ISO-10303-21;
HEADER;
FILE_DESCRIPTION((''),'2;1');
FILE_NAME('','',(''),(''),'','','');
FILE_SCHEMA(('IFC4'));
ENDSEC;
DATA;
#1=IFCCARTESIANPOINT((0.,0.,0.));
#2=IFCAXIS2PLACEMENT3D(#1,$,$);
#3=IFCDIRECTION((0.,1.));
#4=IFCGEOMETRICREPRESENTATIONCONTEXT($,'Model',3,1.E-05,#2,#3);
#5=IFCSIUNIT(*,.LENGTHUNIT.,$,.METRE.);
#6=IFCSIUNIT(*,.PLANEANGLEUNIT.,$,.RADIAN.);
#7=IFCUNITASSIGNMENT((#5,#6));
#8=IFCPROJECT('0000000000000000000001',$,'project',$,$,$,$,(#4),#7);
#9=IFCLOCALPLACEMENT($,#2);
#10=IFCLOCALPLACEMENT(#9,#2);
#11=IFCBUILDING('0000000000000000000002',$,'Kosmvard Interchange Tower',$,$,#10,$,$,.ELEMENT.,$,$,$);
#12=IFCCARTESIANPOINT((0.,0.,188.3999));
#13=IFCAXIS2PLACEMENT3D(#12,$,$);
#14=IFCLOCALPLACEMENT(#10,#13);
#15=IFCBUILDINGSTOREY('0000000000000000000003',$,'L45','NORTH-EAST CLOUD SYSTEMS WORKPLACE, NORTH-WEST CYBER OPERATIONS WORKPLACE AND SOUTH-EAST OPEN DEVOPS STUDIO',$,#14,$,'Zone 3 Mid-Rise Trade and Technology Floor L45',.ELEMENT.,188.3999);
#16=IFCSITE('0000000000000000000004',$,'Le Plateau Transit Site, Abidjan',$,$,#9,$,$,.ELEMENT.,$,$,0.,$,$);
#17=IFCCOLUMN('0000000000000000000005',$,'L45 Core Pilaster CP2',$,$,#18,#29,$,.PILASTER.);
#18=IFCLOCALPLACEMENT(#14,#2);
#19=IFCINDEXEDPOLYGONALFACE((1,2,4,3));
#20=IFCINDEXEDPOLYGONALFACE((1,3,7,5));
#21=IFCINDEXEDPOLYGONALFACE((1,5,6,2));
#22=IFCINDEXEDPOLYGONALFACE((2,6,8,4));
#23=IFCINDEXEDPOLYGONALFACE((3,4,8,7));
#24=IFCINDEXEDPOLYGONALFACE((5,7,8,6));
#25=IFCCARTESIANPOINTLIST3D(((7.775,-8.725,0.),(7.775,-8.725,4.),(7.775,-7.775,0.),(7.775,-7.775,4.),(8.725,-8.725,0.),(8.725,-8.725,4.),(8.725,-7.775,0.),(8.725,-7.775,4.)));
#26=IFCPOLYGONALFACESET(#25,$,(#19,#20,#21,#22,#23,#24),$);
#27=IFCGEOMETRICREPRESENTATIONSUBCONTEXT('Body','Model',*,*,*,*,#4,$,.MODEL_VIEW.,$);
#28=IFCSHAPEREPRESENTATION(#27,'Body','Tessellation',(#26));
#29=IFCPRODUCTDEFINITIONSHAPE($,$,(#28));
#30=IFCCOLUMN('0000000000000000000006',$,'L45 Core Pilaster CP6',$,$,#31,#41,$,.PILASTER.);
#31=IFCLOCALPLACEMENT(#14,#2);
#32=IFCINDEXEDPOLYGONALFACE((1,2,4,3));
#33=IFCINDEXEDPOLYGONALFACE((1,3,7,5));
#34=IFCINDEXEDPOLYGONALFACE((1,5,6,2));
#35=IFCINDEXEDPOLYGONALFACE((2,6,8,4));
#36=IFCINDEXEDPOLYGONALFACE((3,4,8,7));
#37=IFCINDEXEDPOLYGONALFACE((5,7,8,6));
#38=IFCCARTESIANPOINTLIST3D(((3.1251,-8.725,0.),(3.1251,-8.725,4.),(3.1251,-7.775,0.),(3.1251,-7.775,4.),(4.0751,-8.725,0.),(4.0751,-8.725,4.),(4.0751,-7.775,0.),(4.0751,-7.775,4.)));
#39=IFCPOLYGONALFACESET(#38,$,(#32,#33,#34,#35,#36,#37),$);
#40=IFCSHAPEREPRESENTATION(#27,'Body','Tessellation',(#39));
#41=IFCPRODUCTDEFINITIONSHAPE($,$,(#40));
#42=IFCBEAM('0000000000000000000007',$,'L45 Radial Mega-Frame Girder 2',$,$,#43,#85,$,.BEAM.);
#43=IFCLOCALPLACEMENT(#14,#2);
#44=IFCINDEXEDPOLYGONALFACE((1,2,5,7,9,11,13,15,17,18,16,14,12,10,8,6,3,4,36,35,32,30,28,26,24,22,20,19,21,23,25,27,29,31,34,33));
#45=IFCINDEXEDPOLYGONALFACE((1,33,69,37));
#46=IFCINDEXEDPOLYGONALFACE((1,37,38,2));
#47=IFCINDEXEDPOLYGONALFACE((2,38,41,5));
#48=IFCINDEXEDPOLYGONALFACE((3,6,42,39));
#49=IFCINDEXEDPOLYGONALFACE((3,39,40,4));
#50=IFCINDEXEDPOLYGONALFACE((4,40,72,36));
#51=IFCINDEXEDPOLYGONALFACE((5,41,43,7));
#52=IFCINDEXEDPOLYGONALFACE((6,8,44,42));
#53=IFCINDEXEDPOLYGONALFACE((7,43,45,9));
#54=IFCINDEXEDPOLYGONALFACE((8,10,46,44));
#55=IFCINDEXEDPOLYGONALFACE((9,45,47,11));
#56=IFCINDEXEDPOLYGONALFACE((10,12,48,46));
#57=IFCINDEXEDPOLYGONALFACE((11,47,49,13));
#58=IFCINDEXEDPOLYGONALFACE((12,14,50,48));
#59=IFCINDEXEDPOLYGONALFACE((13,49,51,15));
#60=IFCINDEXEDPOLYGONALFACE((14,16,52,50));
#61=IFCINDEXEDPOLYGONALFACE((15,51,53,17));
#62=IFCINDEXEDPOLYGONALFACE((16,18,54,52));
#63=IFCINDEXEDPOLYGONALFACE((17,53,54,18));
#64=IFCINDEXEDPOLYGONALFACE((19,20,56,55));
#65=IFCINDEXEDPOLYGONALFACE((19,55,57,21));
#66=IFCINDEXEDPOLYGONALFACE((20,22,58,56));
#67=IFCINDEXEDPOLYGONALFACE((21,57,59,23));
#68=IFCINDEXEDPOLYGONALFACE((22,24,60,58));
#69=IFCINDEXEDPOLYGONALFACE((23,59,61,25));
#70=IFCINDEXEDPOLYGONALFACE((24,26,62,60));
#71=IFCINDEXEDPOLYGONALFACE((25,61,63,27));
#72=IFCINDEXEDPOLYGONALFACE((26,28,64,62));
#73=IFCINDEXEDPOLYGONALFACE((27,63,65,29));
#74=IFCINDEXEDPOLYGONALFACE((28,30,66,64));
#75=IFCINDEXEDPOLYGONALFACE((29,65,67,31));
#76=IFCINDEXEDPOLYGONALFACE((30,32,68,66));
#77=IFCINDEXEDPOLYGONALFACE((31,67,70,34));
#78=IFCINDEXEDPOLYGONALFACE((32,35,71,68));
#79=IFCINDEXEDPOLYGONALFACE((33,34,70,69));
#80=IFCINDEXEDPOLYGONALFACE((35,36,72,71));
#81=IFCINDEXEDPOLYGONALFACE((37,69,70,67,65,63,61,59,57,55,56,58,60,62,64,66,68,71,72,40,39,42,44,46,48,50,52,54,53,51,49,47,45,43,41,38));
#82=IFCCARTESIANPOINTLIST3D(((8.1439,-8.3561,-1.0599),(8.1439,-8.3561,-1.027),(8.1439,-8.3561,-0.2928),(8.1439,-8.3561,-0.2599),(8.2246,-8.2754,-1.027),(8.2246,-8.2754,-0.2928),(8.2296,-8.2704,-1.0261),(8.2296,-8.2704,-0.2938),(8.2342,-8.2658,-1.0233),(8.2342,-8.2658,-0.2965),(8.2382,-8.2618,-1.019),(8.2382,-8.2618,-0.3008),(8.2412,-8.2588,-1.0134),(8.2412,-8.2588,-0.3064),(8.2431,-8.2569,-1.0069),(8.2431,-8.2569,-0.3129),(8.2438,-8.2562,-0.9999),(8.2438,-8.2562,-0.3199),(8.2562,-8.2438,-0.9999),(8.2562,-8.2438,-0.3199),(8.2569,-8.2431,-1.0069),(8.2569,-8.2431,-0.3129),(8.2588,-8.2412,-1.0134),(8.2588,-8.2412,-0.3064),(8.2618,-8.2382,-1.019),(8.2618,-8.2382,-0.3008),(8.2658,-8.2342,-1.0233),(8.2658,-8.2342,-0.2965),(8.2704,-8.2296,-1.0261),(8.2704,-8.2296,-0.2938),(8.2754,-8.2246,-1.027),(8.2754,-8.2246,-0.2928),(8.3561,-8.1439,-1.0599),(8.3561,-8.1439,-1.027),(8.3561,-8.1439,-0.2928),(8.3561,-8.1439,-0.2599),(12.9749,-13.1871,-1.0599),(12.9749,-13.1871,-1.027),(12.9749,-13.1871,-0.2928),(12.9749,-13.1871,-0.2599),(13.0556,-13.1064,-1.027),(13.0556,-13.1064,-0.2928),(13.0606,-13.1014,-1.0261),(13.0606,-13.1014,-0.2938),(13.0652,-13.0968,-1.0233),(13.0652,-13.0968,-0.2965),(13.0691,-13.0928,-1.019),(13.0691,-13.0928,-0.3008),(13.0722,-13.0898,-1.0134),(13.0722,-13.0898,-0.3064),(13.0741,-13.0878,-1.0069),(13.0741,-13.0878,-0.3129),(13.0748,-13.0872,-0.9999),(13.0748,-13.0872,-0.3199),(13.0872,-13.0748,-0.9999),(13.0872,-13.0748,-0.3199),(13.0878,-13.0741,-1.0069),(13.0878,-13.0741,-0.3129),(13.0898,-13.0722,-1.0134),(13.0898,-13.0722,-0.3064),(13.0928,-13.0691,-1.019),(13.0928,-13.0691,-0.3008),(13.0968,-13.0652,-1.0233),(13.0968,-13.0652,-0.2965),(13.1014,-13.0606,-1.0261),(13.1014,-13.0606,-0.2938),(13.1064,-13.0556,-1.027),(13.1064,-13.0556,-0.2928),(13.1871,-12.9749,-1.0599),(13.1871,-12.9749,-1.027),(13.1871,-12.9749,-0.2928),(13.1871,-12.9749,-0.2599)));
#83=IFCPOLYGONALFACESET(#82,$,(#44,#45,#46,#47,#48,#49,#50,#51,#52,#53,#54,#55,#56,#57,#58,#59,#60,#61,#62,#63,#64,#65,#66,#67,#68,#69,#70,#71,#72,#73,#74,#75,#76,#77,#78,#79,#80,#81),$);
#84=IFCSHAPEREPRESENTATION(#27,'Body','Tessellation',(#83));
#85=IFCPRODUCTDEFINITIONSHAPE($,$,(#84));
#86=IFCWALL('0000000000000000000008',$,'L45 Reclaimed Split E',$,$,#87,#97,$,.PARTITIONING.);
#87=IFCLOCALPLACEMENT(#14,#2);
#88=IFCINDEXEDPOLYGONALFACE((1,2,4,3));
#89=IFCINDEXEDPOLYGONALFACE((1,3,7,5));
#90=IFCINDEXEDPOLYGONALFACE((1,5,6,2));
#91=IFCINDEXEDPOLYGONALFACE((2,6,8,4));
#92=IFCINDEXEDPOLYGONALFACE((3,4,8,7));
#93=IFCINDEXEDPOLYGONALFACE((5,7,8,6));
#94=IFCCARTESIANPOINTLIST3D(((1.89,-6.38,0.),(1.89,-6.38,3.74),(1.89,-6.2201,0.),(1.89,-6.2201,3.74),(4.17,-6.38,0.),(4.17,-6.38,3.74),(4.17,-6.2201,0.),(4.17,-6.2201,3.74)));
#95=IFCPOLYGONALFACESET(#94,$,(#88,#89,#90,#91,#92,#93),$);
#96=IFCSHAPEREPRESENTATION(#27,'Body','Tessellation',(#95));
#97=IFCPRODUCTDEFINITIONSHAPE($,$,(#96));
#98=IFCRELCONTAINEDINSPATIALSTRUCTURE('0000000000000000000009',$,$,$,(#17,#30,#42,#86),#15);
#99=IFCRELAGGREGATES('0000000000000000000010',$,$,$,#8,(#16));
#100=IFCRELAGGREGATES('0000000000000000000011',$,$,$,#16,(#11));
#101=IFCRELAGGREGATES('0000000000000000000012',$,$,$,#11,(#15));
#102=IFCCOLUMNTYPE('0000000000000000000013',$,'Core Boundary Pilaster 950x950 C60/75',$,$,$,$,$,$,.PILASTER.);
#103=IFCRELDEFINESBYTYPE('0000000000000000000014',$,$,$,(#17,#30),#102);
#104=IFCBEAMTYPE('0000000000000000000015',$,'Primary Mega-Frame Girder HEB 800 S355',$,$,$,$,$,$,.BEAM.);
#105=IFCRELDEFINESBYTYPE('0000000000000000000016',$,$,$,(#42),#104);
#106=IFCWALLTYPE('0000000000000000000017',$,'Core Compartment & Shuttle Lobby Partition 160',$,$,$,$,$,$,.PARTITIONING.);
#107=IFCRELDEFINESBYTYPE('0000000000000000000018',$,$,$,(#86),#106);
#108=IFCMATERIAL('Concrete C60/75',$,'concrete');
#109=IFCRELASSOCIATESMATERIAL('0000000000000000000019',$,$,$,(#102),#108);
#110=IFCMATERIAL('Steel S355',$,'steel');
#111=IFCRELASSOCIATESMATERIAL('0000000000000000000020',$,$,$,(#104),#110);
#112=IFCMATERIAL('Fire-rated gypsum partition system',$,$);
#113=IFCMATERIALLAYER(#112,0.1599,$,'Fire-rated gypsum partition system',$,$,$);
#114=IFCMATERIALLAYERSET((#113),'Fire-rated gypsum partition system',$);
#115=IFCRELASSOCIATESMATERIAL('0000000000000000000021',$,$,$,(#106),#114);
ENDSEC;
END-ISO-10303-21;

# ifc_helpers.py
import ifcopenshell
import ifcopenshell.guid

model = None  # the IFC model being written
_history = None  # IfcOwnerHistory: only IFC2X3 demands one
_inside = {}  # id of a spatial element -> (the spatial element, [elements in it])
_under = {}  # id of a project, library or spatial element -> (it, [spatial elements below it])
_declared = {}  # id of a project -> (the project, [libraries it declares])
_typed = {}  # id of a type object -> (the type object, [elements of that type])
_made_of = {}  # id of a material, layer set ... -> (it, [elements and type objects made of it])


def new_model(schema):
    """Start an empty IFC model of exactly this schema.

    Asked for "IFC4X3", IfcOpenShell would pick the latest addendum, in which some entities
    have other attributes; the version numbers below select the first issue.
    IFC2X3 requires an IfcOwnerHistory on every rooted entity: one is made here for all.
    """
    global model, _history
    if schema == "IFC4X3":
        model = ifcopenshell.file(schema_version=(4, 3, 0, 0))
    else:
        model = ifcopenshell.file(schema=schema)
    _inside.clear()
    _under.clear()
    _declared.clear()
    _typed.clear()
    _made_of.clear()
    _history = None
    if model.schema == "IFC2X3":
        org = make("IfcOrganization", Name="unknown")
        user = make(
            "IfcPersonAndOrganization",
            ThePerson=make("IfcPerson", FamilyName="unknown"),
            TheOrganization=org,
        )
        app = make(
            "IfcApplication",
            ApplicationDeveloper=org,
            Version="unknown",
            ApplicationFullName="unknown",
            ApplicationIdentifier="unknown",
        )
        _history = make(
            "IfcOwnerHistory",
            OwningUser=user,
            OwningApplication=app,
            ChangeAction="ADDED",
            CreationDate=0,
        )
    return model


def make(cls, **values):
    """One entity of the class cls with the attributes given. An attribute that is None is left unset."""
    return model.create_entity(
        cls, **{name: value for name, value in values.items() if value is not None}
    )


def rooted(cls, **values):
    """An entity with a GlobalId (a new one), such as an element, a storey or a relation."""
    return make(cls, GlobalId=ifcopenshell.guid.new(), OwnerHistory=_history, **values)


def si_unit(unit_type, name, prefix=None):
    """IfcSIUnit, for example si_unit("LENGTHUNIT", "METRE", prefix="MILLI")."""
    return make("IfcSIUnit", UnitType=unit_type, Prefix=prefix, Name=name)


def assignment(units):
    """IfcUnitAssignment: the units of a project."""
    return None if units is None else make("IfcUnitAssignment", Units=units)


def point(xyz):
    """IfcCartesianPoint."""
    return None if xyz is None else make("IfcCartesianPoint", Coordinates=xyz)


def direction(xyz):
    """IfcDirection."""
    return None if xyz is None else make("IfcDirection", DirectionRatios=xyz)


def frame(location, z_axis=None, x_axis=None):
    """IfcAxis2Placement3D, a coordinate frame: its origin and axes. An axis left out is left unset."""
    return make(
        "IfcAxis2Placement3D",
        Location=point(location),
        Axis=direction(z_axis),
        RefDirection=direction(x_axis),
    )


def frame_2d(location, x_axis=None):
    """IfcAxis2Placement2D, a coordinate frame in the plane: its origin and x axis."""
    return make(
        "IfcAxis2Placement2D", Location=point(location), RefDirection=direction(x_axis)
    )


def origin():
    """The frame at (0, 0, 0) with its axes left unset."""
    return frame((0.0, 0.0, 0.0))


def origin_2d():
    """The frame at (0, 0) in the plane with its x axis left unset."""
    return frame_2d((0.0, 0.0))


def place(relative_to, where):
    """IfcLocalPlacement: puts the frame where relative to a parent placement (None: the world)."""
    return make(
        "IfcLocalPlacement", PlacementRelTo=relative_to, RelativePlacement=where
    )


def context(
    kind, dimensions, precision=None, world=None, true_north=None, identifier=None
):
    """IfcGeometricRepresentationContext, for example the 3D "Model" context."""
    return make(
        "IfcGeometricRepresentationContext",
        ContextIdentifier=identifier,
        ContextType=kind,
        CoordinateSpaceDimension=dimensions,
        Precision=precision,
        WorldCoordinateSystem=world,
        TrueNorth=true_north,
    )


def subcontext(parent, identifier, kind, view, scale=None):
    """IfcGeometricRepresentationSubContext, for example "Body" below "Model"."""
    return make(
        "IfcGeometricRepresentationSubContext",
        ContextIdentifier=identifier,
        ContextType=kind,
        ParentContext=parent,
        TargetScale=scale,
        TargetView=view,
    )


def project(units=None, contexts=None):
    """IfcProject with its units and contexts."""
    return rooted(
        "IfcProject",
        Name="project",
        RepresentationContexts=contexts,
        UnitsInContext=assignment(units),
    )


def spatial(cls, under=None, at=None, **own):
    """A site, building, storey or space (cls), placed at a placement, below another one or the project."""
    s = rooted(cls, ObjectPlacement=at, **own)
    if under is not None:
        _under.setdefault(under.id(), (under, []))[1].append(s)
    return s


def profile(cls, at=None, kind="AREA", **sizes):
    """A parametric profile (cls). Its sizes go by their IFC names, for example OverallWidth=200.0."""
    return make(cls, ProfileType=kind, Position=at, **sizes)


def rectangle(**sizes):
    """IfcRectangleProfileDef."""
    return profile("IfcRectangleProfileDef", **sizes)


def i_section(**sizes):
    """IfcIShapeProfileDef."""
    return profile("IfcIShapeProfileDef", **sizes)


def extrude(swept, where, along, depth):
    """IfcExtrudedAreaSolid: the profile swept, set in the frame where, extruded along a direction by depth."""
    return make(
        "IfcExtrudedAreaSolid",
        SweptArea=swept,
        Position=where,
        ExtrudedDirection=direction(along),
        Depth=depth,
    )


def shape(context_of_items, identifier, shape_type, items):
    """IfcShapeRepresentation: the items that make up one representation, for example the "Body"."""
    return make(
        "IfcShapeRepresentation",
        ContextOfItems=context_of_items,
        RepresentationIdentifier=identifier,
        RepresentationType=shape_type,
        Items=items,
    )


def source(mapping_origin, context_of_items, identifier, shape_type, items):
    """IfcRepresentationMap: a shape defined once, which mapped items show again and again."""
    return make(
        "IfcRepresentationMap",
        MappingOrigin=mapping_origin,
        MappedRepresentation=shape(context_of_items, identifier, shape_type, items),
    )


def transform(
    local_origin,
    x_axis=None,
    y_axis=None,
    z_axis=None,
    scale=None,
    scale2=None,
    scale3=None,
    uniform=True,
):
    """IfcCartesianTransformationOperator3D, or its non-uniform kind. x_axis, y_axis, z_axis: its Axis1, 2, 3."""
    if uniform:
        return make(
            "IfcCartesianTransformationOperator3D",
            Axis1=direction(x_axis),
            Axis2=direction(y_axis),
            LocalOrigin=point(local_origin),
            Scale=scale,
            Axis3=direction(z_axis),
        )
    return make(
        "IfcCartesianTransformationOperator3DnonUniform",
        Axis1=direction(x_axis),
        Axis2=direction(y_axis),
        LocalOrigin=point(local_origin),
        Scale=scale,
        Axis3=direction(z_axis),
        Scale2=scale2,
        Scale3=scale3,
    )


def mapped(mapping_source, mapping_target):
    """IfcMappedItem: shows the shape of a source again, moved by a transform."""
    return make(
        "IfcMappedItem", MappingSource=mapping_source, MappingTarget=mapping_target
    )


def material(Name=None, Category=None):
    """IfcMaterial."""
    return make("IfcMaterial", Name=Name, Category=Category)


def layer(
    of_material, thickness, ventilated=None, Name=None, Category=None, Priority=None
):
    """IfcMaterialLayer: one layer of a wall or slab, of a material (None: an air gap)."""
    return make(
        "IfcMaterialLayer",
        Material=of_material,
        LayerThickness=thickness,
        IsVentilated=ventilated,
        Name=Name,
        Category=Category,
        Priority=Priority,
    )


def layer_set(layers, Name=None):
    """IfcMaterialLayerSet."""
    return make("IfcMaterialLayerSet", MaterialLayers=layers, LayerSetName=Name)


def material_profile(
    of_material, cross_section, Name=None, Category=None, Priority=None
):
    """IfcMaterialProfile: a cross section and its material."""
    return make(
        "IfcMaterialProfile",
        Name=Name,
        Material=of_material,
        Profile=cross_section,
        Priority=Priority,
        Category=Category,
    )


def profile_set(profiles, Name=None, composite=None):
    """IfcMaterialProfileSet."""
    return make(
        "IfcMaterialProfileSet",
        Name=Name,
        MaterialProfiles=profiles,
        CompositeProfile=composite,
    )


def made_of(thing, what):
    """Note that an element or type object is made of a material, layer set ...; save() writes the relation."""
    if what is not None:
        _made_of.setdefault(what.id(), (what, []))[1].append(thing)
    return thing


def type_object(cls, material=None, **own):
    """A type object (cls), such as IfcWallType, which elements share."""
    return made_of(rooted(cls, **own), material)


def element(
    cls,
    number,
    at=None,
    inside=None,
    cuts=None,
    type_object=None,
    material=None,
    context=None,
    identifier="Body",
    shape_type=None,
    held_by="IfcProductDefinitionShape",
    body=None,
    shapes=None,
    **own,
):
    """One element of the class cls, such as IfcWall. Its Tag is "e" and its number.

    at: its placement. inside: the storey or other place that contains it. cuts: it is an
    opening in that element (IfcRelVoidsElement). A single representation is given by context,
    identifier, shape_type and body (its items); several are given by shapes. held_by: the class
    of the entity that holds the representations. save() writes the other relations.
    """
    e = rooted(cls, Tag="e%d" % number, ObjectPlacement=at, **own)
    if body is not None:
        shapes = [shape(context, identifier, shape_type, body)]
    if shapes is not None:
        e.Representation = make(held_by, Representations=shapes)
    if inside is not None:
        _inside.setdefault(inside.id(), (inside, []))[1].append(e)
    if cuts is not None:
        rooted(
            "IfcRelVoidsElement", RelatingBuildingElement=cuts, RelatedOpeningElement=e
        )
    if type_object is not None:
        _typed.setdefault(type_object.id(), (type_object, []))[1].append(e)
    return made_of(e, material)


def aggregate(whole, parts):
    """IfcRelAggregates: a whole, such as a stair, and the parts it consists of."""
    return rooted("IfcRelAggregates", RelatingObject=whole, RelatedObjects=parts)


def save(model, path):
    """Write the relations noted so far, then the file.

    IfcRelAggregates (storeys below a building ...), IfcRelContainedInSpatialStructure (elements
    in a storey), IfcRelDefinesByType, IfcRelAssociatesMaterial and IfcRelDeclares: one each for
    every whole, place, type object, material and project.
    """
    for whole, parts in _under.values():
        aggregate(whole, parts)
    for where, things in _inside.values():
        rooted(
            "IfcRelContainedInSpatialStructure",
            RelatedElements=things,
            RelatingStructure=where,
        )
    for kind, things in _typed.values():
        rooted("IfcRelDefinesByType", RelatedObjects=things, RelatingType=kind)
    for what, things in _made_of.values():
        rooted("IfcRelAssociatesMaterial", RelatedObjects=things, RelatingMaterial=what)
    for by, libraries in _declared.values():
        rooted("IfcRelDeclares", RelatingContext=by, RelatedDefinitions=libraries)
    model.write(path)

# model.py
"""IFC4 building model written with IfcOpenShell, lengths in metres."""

from ifc_helpers import new_model, si_unit, direction, frame, frame_2d, origin, origin_2d, place, context, subcontext, project, spatial, rectangle, i_section, extrude, source, transform, mapped, material, layer, layer_set, material_profile, profile_set, type_object, element, save


model = new_model("IFC4")

# Units and contexts
model_context = context("Model", 3, precision=1e-05, world=origin(), true_north=direction((0.0, 1.0)))
body_context = subcontext(model_context, "Body", "Model", "MODEL_VIEW")
ifc_project = project(units=[si_unit("LENGTHUNIT", "METRE"), si_unit("PLANEANGLEUNIT", "RADIAN")], contexts=[model_context])

# Site, building, storey
site_placement = place(None, origin())
site = spatial("IfcSite", under=ifc_project, at=site_placement, Name="Le Plateau Transit Site, Abidjan", CompositionType="ELEMENT", RefElevation=0.0)
building_placement = place(site_placement, origin())
building = spatial("IfcBuilding", under=site, at=building_placement, Name="Kosmvard Interchange Tower", CompositionType="ELEMENT")
storey_placement = place(building_placement, frame((0.0, 0.0, 188.3999)))
storey = spatial("IfcBuildingStorey", under=building, at=storey_placement, Name="L45", Description="NORTH-EAST CLOUD SYSTEMS WORKPLACE, NORTH-WEST CYBER OPERATIONS WORKPLACE AND SOUTH-EAST OPEN DEVOPS STUDIO", LongName="Zone 3 Mid-Rise Trade and Technology Floor L45", CompositionType="ELEMENT", Elevation=188.3999)

# Columns
ifc_material_1 = material(Name="Concrete C60/75", Category="concrete")
ifc_material_profile_1 = material_profile(ifc_material_1, rectangle(XDim=0.95, YDim=0.95, at=origin_2d()), Name="CP 950x950")
ifc_profile_set_1 = profile_set([ifc_material_profile_1], Name="Concrete C60/75")
column_type = type_object("IfcColumnType", Name="Core Boundary Pilaster 950x950 C60/75", PredefinedType="PILASTER", material=ifc_profile_set_1)
shared_shape_1 = source(origin(), body_context, "Body", "SweptSolid", [
    extrude(rectangle(XDim=0.95, YDim=0.95, at=origin_2d()), origin(), (0.0, 0.0, 1.0), 4.0),
])
for number, where, z_axis, x_axis, name in (
    (1, (8.25, -8.25, 0.0), (0.0, 0.0, 1.0), (1.0, 0.0, 0.0), "L45 Core Pilaster CP2"),
    (2, (3.6001, -8.25, 0.0), (0.0, 0.0, 1.0), (1.0, 0.0, 0.0), "L45 Core Pilaster CP6"),
):
    element("IfcColumn", number, at=place(storey_placement, frame(where, z_axis=z_axis, x_axis=x_axis)), inside=storey, type_object=column_type, Name=name, PredefinedType="PILASTER", context=body_context, shape_type="MappedRepresentation", body=[
        mapped(shared_shape_1, transform((0.0, 0.0, 0.0), scale=1.0)),
    ])

# Beam
ifc_material_2 = material(Name="Steel S355", Category="steel")
ifc_material_profile_2 = material_profile(ifc_material_2, i_section(OverallWidth=0.3, OverallDepth=0.8, WebThickness=0.0176, FlangeThickness=0.033, FilletRadius=0.0271, at=origin_2d()), Name="HEB 800")
ifc_profile_set_2 = profile_set([ifc_material_profile_2], Name="Steel S355")
beam_type = type_object("IfcBeamType", Name="Primary Mega-Frame Girder HEB 800 S355", PredefinedType="BEAM", material=ifc_profile_set_2)
shared_shape_2 = source(origin(), body_context, "Body", "SweptSolid", [
    extrude(i_section(OverallWidth=0.3, OverallDepth=0.8, WebThickness=0.0176, FlangeThickness=0.033, FilletRadius=0.0271, at=origin_2d()), origin(), (0.0, 0.0, 1.0), 6.832),
])
beam_placement = place(storey_placement, frame((8.25, -8.25, -0.6599), z_axis=(0.707107, -0.707107, 0.0), x_axis=(0.707107, 0.707107, 0.0)))
element("IfcBeam", 3, at=beam_placement, inside=storey, type_object=beam_type, Name="L45 Radial Mega-Frame Girder 2", PredefinedType="BEAM", context=body_context, shape_type="MappedRepresentation", body=[
    mapped(shared_shape_2, transform((0.0, 0.0, 0.0), scale=1.0)),
])

# Wall
ifc_material_3 = material(Name="Fire-rated gypsum partition system")
ifc_layer_1 = layer(ifc_material_3, 0.1599, Name="Fire-rated gypsum partition system")
ifc_layer_set_1 = layer_set([ifc_layer_1], Name="Fire-rated gypsum partition system")
wall_type_1 = type_object("IfcWallType", Name="Core Compartment & Shuttle Lobby Partition 160", PredefinedType="PARTITIONING", material=ifc_layer_set_1)
wall_1_placement = place(storey_placement, frame((1.8899, -6.3, 0.0), z_axis=(0.0, 0.0, 1.0), x_axis=(1.0, 0.0, 0.0)))
element("IfcWall", 4, at=wall_1_placement, inside=storey, type_object=wall_type_1, Name="L45 Reclaimed Split E", PredefinedType="PARTITIONING", context=body_context, shape_type="SweptSolid", body=[
    extrude(rectangle(XDim=2.28, YDim=0.1599, at=frame_2d((1.1401, 0.0))), origin(), (0.0, 0.0, 1.0), 3.74),
])

save(model, "model.ifc")
